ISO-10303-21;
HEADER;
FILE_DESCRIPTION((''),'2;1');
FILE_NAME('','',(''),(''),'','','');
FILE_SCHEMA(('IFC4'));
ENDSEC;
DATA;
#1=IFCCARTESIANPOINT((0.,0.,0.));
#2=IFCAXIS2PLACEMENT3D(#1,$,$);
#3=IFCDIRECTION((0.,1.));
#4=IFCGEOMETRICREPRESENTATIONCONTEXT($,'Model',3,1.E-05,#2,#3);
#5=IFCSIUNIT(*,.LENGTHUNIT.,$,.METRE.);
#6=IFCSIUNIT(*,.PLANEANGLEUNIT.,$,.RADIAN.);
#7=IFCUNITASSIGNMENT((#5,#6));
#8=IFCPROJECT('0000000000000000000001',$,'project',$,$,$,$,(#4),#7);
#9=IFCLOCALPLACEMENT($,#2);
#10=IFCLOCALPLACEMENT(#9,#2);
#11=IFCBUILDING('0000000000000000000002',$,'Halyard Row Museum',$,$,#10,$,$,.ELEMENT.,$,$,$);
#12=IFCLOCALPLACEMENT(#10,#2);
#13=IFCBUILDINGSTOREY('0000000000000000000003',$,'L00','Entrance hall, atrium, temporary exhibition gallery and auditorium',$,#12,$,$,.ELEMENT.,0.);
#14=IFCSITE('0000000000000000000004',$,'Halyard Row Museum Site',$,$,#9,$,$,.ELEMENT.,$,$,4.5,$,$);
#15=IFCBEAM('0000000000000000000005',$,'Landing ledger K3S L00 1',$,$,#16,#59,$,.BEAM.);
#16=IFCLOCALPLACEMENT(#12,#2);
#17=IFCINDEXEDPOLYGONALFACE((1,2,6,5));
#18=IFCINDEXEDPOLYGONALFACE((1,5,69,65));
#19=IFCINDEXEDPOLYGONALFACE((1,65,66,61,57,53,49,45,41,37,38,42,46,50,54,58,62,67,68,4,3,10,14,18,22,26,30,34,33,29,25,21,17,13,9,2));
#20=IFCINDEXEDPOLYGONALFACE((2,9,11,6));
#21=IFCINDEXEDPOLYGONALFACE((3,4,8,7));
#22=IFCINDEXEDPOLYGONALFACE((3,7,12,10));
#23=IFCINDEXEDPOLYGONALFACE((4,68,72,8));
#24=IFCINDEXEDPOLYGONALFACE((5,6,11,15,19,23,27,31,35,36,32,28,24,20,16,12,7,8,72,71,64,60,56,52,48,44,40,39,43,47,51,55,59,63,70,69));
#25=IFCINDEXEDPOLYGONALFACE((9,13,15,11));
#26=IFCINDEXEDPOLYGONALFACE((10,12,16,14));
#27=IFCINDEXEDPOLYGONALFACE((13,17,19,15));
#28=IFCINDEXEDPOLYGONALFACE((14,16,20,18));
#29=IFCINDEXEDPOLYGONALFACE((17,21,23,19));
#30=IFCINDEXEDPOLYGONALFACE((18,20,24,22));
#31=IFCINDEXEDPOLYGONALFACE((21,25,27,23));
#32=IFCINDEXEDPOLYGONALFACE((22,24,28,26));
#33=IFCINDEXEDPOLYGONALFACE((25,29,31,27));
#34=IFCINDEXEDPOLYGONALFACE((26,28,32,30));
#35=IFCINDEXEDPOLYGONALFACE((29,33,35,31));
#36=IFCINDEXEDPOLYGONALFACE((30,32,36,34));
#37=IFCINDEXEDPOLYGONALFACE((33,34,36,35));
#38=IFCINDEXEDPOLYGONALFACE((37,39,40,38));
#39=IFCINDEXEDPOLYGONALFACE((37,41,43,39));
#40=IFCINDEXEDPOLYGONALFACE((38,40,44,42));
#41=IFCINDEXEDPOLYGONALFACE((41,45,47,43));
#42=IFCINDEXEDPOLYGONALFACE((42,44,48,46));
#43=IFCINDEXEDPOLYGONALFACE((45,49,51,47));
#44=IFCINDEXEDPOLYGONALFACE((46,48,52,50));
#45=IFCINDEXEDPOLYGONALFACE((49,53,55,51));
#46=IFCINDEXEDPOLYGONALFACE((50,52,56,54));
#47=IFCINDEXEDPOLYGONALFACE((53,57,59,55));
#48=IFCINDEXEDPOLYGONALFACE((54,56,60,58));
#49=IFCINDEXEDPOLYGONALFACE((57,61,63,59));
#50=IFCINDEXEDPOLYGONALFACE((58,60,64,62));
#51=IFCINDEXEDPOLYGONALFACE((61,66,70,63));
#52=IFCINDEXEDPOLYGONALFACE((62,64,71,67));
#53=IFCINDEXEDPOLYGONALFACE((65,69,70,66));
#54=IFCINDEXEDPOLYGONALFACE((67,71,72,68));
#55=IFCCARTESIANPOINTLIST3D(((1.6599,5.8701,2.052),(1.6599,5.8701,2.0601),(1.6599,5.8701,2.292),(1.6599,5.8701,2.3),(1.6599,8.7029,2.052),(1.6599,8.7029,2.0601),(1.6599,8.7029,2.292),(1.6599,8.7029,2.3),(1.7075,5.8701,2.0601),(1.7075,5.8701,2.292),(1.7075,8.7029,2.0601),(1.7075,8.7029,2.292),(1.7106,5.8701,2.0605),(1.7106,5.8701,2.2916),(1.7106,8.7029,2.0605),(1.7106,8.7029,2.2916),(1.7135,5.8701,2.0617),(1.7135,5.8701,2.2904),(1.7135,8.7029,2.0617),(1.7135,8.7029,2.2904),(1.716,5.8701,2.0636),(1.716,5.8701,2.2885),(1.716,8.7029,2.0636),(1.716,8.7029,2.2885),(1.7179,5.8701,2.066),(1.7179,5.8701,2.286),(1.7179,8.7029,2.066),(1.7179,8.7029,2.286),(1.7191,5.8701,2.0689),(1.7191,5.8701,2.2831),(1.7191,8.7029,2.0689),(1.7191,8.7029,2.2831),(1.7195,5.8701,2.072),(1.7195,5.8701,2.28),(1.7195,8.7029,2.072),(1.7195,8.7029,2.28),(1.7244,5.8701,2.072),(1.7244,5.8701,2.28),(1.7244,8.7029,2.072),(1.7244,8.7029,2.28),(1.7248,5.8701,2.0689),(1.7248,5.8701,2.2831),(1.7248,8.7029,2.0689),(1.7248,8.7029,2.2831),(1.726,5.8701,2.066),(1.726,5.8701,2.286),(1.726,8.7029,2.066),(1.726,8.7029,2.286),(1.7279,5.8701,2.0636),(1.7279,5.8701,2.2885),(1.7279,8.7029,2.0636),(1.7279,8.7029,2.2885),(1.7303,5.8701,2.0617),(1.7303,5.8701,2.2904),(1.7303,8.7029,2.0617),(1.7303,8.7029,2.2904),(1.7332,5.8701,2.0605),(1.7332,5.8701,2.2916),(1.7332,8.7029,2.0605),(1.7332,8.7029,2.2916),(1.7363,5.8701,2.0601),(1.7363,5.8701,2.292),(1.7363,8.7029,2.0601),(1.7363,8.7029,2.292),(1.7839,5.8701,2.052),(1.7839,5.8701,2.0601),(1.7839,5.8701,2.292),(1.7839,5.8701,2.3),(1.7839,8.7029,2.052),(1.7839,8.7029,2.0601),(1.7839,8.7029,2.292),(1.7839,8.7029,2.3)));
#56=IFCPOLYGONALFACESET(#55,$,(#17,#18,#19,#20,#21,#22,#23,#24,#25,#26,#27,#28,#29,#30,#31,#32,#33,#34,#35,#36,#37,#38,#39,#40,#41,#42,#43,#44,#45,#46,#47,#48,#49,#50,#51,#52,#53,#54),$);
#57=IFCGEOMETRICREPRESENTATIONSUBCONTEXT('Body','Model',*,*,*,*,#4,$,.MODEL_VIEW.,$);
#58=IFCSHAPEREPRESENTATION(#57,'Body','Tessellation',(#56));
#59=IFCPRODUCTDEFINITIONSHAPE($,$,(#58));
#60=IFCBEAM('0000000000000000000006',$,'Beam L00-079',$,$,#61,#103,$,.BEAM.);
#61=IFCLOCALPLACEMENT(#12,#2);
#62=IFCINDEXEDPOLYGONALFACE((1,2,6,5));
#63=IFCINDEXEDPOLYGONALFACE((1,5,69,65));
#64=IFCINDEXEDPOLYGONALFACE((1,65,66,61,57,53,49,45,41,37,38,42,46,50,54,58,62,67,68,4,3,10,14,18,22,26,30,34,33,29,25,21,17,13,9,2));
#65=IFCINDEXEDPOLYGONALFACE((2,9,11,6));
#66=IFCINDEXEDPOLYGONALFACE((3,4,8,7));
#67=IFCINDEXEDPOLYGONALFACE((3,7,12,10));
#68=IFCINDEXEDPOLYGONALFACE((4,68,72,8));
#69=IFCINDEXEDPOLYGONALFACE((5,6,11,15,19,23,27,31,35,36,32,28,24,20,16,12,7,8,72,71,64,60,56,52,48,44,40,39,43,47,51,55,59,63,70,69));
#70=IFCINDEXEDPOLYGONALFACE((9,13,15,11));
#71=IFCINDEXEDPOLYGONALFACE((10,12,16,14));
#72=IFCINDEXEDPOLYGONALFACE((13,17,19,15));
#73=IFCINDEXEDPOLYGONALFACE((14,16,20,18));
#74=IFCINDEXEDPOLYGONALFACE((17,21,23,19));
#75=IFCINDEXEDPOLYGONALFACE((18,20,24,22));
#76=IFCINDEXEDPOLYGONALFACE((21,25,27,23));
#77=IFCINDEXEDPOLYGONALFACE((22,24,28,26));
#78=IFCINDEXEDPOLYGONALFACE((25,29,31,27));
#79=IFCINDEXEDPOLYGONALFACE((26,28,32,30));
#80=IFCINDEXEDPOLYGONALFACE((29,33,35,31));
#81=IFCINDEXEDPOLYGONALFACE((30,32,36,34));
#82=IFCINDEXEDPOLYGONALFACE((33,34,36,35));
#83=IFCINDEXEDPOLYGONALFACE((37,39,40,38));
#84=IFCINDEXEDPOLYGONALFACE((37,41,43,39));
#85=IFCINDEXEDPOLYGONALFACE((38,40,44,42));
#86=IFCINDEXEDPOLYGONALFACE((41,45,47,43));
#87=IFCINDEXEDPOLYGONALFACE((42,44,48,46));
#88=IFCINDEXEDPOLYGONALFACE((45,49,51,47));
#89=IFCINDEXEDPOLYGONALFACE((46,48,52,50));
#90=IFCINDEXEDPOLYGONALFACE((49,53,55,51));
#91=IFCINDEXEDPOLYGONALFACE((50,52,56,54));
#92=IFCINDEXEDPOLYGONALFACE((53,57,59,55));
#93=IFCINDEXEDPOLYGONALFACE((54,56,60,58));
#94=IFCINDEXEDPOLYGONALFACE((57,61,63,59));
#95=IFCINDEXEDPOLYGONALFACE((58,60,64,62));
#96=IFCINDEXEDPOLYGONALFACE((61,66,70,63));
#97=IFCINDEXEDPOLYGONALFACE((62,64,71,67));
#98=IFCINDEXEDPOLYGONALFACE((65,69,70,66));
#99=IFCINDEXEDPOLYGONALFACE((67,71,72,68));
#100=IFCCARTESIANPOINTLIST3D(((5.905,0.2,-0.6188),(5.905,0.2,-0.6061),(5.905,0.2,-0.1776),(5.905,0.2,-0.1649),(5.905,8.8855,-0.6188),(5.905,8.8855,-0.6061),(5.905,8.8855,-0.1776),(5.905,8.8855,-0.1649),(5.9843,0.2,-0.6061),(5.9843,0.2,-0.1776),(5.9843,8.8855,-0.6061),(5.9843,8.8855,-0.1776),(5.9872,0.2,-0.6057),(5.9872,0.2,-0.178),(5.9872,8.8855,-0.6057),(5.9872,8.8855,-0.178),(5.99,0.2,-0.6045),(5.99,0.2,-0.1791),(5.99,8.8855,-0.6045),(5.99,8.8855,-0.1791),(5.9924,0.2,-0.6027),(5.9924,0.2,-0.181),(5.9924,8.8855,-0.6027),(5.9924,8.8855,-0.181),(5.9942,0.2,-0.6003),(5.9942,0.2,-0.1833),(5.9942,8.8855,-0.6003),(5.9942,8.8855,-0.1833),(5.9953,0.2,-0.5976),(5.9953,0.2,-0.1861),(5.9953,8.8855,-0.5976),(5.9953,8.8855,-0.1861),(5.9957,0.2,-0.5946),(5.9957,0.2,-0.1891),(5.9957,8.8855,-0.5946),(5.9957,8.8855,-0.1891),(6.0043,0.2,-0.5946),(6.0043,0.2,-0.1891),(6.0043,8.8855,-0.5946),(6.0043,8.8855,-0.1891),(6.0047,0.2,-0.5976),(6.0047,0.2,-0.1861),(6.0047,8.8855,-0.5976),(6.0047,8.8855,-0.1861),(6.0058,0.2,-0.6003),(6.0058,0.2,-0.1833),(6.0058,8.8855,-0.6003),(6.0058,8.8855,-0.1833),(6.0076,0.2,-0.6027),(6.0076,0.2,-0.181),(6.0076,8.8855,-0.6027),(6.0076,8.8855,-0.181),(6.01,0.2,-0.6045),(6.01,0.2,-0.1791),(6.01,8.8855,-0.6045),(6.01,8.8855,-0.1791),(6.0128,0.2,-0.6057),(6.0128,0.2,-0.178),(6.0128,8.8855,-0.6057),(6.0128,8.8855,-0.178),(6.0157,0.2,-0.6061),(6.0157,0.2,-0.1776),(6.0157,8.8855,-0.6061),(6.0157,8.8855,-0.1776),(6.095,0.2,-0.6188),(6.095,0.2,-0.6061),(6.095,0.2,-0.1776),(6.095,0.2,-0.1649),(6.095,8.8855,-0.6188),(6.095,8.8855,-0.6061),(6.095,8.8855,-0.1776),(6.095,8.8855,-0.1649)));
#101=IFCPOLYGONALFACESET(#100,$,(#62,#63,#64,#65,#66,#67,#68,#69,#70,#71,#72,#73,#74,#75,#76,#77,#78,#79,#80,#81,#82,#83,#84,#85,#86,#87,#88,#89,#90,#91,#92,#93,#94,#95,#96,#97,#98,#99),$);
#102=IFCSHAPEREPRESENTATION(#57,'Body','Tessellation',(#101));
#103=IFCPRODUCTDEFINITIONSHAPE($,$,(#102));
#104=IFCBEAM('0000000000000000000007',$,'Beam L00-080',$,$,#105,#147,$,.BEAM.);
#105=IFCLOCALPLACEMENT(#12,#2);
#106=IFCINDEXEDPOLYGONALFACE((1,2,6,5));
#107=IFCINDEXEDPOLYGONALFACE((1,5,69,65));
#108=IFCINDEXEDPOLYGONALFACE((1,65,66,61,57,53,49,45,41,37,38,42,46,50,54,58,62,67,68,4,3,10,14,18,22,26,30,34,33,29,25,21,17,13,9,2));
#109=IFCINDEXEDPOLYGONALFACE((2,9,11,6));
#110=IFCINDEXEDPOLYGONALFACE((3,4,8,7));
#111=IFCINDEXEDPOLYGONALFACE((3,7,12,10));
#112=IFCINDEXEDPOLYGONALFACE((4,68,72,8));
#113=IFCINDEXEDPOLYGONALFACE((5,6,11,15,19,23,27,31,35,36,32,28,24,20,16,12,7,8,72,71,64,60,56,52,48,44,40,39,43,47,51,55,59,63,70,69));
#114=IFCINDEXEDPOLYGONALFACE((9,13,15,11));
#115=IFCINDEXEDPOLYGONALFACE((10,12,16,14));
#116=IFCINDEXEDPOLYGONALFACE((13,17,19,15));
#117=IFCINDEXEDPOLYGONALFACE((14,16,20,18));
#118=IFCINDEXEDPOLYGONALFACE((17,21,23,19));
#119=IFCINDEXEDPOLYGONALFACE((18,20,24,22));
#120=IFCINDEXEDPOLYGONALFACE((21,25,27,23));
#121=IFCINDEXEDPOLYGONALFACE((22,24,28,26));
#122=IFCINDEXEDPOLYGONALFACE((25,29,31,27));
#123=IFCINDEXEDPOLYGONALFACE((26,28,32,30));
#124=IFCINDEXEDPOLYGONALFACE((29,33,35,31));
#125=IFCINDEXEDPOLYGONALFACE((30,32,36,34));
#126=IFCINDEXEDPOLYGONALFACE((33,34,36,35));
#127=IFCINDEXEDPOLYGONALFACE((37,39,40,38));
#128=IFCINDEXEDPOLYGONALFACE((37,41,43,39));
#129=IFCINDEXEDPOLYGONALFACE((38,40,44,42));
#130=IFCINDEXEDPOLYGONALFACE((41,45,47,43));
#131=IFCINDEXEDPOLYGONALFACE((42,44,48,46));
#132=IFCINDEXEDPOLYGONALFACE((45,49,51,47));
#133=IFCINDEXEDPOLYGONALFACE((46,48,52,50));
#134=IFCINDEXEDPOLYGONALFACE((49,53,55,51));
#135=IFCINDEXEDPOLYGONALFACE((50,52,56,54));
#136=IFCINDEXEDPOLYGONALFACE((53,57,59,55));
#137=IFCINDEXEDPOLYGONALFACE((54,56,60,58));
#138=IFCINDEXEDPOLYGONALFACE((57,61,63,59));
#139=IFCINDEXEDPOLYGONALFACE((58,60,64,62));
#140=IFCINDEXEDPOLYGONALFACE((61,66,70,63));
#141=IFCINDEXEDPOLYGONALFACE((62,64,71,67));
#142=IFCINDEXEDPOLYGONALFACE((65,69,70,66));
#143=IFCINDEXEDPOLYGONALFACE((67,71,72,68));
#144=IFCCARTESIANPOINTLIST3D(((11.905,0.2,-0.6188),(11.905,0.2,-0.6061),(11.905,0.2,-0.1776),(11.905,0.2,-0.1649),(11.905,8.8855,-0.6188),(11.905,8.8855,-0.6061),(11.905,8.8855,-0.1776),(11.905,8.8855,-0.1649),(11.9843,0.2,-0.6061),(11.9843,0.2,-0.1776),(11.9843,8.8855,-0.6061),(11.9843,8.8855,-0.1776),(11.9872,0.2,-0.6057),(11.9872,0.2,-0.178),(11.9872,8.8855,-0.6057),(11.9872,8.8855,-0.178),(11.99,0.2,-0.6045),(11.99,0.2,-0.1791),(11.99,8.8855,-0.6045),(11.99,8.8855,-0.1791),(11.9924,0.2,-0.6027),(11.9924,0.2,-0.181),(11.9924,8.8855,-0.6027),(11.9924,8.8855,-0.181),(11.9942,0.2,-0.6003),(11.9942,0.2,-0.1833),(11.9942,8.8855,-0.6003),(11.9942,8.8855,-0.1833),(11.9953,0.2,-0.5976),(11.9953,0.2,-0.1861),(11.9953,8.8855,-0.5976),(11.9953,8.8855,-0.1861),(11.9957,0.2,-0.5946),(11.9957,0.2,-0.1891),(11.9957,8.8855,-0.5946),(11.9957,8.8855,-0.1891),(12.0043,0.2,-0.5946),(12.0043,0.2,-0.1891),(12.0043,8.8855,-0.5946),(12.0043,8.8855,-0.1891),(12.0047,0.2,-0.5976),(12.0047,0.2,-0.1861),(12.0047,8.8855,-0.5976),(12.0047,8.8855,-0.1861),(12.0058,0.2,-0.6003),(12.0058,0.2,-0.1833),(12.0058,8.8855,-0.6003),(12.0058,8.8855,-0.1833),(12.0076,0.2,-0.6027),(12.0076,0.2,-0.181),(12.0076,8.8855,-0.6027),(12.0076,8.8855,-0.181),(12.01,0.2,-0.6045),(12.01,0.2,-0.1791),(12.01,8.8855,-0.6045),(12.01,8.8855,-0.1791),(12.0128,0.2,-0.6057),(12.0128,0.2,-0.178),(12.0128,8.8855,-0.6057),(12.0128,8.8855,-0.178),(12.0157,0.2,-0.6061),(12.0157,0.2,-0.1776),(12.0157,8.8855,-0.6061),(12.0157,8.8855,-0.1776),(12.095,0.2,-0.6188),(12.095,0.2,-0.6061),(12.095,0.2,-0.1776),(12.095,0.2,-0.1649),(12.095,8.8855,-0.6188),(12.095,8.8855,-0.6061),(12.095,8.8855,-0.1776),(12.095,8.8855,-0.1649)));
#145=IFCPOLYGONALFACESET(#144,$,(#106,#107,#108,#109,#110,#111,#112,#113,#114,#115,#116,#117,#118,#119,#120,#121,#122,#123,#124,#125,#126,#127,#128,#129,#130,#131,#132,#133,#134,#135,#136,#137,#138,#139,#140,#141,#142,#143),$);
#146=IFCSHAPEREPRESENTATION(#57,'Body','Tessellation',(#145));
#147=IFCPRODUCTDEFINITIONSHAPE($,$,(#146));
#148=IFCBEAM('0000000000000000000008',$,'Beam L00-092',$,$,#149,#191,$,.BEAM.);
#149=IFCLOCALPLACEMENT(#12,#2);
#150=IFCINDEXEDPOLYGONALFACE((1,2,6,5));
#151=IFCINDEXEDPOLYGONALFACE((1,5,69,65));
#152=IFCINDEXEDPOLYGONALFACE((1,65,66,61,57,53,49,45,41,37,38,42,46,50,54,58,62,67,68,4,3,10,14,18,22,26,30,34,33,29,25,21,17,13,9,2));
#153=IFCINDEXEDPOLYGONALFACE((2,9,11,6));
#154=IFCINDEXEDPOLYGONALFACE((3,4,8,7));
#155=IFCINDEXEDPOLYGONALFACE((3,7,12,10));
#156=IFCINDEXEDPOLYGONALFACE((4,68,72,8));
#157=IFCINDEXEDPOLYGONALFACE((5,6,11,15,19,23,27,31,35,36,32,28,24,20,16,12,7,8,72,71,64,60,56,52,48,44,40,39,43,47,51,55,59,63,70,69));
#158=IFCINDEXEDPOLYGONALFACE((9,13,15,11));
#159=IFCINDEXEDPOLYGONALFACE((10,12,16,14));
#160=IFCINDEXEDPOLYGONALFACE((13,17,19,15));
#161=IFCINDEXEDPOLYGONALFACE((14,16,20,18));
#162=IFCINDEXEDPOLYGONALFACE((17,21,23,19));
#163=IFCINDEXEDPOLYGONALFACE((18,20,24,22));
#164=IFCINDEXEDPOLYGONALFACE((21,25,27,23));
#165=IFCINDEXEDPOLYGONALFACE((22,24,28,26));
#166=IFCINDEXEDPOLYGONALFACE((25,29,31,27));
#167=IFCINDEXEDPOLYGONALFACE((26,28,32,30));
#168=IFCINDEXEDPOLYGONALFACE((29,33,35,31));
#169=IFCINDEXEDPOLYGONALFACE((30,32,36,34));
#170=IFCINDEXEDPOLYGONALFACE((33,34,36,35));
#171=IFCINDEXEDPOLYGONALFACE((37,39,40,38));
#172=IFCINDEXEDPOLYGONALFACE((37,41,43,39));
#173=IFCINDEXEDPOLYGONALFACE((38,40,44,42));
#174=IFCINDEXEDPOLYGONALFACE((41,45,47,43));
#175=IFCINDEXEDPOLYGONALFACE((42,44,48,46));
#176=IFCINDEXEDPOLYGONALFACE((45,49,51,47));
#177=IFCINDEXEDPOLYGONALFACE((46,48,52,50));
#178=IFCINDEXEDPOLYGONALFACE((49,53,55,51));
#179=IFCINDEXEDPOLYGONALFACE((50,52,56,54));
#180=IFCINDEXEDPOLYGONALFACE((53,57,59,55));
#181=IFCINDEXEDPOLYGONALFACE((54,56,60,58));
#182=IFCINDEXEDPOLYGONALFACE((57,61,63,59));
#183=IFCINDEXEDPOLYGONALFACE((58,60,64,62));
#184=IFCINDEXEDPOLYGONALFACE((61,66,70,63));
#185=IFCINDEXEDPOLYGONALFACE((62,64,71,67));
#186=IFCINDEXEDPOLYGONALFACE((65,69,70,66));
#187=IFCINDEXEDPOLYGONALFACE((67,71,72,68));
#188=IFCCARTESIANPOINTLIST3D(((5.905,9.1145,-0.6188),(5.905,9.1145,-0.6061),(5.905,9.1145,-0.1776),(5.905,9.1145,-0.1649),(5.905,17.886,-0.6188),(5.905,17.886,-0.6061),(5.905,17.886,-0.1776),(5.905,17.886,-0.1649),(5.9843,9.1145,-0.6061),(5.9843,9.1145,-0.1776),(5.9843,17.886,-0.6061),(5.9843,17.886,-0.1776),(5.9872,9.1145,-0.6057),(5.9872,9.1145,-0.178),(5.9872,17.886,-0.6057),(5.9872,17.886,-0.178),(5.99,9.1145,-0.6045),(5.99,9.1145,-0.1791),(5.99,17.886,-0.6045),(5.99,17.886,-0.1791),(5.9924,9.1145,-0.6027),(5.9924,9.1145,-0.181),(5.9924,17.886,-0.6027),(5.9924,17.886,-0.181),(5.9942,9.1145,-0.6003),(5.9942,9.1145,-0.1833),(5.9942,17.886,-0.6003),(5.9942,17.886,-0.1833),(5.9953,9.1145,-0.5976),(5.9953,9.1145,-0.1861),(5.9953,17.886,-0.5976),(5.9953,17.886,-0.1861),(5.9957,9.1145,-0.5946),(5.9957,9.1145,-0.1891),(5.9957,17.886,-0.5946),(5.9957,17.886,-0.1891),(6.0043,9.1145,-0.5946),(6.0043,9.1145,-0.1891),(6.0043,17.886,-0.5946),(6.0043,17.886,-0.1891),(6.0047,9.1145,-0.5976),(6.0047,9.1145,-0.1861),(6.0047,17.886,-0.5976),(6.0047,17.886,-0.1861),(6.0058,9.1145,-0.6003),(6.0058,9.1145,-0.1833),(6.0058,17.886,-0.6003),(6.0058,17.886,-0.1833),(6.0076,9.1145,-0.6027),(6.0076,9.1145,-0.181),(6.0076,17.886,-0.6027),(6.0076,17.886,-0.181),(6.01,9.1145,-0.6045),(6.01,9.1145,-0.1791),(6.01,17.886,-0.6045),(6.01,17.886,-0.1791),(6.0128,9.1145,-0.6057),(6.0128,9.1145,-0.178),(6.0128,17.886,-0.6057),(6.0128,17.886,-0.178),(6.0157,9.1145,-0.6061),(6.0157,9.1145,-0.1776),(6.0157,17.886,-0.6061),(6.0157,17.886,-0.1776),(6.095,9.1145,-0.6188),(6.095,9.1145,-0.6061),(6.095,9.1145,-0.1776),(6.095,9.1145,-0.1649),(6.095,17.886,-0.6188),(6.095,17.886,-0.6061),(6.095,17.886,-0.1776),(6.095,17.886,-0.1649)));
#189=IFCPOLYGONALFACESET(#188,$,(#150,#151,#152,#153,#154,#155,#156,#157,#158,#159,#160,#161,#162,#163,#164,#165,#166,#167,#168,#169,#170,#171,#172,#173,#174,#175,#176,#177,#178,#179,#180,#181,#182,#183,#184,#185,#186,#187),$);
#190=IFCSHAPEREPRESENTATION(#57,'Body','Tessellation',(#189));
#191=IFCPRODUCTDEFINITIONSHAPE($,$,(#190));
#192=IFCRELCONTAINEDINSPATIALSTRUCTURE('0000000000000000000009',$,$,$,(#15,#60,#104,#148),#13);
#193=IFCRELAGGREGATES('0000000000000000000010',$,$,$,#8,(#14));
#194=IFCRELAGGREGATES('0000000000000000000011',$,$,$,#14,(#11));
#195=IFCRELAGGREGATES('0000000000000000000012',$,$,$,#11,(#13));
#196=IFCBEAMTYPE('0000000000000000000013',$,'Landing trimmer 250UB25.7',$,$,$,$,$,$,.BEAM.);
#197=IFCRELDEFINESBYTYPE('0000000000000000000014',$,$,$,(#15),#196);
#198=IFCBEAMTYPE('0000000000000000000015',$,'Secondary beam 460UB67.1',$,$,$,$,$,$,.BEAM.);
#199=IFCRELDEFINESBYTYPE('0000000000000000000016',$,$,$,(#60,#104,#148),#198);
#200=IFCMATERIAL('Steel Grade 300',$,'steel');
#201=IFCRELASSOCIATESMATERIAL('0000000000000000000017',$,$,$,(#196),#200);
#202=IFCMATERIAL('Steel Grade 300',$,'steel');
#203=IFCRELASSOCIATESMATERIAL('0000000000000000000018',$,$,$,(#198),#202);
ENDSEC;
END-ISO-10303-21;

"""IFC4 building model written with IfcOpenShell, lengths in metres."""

from ifc_helpers import new_model, si_unit, direction, frame, origin, origin_2d, place, context, subcontext, project, spatial, i_section, extrude, material, material_profile, profile_set, type_object, element, save


model = new_model("IFC4")

# Units and contexts
model_context = context("Model", 3, precision=1e-05, world=origin(), true_north=direction((0.0, 1.0)))
body_context = subcontext(model_context, "Body", "Model", "MODEL_VIEW")
ifc_project = project(units=[si_unit("LENGTHUNIT", "METRE"), si_unit("PLANEANGLEUNIT", "RADIAN")], contexts=[model_context])

# Site, building, storey
site_placement = place(None, origin())
site = spatial("IfcSite", under=ifc_project, at=site_placement, Name="Halyard Row Museum Site", CompositionType="ELEMENT", RefElevation=4.5)
building_placement = place(site_placement, origin())
building = spatial("IfcBuilding", under=site, at=building_placement, Name="Halyard Row Museum", CompositionType="ELEMENT")
storey_placement = place(building_placement, origin())
storey = spatial("IfcBuildingStorey", under=building, at=storey_placement, Name="L00", Description="Entrance hall, atrium, temporary exhibition gallery and auditorium", CompositionType="ELEMENT", Elevation=0.0)

# Beams
ifc_material_1 = material(Name="Steel Grade 300", Category="steel")
ifc_material_profile_1 = material_profile(ifc_material_1, i_section(OverallWidth=0.124, OverallDepth=0.248, WebThickness=0.0049, FlangeThickness=0.0081, FilletRadius=0.012, at=origin_2d()), Name="250UB25.7")
ifc_profile_set_1 = profile_set([ifc_material_profile_1], Name="Steel Grade 300")
beam_type_1 = type_object("IfcBeamType", Name="Landing trimmer 250UB25.7", PredefinedType="BEAM", material=ifc_profile_set_1)
beam_1_placement = place(storey_placement, frame((1.7219, 8.7029, 2.176), z_axis=(0.0, -1.0, 0.0), x_axis=(1.0, 0.0, 0.0)))
element("IfcBeam", 1, at=beam_1_placement, inside=storey, type_object=beam_type_1, Name="Landing ledger K3S L00 1", PredefinedType="BEAM", context=body_context, shape_type="SweptSolid", body=[
    extrude(i_section(OverallWidth=0.124, OverallDepth=0.248, WebThickness=0.0049, FlangeThickness=0.0081, FilletRadius=0.012, at=origin_2d()), origin(), (0.0, 0.0, 1.0), 2.8328),
])
ifc_material_2 = material(Name="Steel Grade 300", Category="steel")
ifc_material_profile_2 = material_profile(ifc_material_2, i_section(OverallWidth=0.1899, OverallDepth=0.4539, WebThickness=0.0085, FlangeThickness=0.0127, FilletRadius=0.0115, at=origin_2d()), Name="460UB67.1")
ifc_profile_set_2 = profile_set([ifc_material_profile_2], Name="Steel Grade 300")
beam_type_2 = type_object("IfcBeamType", Name="Secondary beam 460UB67.1", PredefinedType="BEAM", material=ifc_profile_set_2)
for number, where, z_axis, x_axis, name in (
    (2, (6.0, 0.2, -0.3918), (0.0, 1.0, 0.0), (-1.0, 0.0, 0.0), "Beam L00-079"),
    (3, (12.0, 0.2, -0.3918), (0.0, 1.0, 0.0), (-1.0, 0.0, 0.0), "Beam L00-080"),
):
    element("IfcBeam", number, at=place(storey_placement, frame(where, z_axis=z_axis, x_axis=x_axis)), inside=storey, type_object=beam_type_2, Name=name, PredefinedType="BEAM", context=body_context, shape_type="SweptSolid", body=[
        extrude(i_section(OverallWidth=0.1899, OverallDepth=0.4539, WebThickness=0.0085, FlangeThickness=0.0127, FilletRadius=0.0115, at=origin_2d()), origin(), (0.0, 0.0, 1.0), 8.6855),
    ])
beam_2_placement = place(storey_placement, frame((6.0, 9.1145, -0.3918), z_axis=(0.0, 1.0, 0.0), x_axis=(-1.0, 0.0, 0.0)))
element("IfcBeam", 4, at=beam_2_placement, inside=storey, type_object=beam_type_2, Name="Beam L00-092", PredefinedType="BEAM", context=body_context, shape_type="SweptSolid", body=[
    extrude(i_section(OverallWidth=0.1899, OverallDepth=0.4539, WebThickness=0.0085, FlangeThickness=0.0127, FilletRadius=0.0115, at=origin_2d()), origin(), (0.0, 0.0, 1.0), 8.7715),
])

save(model, "model.ifc")
